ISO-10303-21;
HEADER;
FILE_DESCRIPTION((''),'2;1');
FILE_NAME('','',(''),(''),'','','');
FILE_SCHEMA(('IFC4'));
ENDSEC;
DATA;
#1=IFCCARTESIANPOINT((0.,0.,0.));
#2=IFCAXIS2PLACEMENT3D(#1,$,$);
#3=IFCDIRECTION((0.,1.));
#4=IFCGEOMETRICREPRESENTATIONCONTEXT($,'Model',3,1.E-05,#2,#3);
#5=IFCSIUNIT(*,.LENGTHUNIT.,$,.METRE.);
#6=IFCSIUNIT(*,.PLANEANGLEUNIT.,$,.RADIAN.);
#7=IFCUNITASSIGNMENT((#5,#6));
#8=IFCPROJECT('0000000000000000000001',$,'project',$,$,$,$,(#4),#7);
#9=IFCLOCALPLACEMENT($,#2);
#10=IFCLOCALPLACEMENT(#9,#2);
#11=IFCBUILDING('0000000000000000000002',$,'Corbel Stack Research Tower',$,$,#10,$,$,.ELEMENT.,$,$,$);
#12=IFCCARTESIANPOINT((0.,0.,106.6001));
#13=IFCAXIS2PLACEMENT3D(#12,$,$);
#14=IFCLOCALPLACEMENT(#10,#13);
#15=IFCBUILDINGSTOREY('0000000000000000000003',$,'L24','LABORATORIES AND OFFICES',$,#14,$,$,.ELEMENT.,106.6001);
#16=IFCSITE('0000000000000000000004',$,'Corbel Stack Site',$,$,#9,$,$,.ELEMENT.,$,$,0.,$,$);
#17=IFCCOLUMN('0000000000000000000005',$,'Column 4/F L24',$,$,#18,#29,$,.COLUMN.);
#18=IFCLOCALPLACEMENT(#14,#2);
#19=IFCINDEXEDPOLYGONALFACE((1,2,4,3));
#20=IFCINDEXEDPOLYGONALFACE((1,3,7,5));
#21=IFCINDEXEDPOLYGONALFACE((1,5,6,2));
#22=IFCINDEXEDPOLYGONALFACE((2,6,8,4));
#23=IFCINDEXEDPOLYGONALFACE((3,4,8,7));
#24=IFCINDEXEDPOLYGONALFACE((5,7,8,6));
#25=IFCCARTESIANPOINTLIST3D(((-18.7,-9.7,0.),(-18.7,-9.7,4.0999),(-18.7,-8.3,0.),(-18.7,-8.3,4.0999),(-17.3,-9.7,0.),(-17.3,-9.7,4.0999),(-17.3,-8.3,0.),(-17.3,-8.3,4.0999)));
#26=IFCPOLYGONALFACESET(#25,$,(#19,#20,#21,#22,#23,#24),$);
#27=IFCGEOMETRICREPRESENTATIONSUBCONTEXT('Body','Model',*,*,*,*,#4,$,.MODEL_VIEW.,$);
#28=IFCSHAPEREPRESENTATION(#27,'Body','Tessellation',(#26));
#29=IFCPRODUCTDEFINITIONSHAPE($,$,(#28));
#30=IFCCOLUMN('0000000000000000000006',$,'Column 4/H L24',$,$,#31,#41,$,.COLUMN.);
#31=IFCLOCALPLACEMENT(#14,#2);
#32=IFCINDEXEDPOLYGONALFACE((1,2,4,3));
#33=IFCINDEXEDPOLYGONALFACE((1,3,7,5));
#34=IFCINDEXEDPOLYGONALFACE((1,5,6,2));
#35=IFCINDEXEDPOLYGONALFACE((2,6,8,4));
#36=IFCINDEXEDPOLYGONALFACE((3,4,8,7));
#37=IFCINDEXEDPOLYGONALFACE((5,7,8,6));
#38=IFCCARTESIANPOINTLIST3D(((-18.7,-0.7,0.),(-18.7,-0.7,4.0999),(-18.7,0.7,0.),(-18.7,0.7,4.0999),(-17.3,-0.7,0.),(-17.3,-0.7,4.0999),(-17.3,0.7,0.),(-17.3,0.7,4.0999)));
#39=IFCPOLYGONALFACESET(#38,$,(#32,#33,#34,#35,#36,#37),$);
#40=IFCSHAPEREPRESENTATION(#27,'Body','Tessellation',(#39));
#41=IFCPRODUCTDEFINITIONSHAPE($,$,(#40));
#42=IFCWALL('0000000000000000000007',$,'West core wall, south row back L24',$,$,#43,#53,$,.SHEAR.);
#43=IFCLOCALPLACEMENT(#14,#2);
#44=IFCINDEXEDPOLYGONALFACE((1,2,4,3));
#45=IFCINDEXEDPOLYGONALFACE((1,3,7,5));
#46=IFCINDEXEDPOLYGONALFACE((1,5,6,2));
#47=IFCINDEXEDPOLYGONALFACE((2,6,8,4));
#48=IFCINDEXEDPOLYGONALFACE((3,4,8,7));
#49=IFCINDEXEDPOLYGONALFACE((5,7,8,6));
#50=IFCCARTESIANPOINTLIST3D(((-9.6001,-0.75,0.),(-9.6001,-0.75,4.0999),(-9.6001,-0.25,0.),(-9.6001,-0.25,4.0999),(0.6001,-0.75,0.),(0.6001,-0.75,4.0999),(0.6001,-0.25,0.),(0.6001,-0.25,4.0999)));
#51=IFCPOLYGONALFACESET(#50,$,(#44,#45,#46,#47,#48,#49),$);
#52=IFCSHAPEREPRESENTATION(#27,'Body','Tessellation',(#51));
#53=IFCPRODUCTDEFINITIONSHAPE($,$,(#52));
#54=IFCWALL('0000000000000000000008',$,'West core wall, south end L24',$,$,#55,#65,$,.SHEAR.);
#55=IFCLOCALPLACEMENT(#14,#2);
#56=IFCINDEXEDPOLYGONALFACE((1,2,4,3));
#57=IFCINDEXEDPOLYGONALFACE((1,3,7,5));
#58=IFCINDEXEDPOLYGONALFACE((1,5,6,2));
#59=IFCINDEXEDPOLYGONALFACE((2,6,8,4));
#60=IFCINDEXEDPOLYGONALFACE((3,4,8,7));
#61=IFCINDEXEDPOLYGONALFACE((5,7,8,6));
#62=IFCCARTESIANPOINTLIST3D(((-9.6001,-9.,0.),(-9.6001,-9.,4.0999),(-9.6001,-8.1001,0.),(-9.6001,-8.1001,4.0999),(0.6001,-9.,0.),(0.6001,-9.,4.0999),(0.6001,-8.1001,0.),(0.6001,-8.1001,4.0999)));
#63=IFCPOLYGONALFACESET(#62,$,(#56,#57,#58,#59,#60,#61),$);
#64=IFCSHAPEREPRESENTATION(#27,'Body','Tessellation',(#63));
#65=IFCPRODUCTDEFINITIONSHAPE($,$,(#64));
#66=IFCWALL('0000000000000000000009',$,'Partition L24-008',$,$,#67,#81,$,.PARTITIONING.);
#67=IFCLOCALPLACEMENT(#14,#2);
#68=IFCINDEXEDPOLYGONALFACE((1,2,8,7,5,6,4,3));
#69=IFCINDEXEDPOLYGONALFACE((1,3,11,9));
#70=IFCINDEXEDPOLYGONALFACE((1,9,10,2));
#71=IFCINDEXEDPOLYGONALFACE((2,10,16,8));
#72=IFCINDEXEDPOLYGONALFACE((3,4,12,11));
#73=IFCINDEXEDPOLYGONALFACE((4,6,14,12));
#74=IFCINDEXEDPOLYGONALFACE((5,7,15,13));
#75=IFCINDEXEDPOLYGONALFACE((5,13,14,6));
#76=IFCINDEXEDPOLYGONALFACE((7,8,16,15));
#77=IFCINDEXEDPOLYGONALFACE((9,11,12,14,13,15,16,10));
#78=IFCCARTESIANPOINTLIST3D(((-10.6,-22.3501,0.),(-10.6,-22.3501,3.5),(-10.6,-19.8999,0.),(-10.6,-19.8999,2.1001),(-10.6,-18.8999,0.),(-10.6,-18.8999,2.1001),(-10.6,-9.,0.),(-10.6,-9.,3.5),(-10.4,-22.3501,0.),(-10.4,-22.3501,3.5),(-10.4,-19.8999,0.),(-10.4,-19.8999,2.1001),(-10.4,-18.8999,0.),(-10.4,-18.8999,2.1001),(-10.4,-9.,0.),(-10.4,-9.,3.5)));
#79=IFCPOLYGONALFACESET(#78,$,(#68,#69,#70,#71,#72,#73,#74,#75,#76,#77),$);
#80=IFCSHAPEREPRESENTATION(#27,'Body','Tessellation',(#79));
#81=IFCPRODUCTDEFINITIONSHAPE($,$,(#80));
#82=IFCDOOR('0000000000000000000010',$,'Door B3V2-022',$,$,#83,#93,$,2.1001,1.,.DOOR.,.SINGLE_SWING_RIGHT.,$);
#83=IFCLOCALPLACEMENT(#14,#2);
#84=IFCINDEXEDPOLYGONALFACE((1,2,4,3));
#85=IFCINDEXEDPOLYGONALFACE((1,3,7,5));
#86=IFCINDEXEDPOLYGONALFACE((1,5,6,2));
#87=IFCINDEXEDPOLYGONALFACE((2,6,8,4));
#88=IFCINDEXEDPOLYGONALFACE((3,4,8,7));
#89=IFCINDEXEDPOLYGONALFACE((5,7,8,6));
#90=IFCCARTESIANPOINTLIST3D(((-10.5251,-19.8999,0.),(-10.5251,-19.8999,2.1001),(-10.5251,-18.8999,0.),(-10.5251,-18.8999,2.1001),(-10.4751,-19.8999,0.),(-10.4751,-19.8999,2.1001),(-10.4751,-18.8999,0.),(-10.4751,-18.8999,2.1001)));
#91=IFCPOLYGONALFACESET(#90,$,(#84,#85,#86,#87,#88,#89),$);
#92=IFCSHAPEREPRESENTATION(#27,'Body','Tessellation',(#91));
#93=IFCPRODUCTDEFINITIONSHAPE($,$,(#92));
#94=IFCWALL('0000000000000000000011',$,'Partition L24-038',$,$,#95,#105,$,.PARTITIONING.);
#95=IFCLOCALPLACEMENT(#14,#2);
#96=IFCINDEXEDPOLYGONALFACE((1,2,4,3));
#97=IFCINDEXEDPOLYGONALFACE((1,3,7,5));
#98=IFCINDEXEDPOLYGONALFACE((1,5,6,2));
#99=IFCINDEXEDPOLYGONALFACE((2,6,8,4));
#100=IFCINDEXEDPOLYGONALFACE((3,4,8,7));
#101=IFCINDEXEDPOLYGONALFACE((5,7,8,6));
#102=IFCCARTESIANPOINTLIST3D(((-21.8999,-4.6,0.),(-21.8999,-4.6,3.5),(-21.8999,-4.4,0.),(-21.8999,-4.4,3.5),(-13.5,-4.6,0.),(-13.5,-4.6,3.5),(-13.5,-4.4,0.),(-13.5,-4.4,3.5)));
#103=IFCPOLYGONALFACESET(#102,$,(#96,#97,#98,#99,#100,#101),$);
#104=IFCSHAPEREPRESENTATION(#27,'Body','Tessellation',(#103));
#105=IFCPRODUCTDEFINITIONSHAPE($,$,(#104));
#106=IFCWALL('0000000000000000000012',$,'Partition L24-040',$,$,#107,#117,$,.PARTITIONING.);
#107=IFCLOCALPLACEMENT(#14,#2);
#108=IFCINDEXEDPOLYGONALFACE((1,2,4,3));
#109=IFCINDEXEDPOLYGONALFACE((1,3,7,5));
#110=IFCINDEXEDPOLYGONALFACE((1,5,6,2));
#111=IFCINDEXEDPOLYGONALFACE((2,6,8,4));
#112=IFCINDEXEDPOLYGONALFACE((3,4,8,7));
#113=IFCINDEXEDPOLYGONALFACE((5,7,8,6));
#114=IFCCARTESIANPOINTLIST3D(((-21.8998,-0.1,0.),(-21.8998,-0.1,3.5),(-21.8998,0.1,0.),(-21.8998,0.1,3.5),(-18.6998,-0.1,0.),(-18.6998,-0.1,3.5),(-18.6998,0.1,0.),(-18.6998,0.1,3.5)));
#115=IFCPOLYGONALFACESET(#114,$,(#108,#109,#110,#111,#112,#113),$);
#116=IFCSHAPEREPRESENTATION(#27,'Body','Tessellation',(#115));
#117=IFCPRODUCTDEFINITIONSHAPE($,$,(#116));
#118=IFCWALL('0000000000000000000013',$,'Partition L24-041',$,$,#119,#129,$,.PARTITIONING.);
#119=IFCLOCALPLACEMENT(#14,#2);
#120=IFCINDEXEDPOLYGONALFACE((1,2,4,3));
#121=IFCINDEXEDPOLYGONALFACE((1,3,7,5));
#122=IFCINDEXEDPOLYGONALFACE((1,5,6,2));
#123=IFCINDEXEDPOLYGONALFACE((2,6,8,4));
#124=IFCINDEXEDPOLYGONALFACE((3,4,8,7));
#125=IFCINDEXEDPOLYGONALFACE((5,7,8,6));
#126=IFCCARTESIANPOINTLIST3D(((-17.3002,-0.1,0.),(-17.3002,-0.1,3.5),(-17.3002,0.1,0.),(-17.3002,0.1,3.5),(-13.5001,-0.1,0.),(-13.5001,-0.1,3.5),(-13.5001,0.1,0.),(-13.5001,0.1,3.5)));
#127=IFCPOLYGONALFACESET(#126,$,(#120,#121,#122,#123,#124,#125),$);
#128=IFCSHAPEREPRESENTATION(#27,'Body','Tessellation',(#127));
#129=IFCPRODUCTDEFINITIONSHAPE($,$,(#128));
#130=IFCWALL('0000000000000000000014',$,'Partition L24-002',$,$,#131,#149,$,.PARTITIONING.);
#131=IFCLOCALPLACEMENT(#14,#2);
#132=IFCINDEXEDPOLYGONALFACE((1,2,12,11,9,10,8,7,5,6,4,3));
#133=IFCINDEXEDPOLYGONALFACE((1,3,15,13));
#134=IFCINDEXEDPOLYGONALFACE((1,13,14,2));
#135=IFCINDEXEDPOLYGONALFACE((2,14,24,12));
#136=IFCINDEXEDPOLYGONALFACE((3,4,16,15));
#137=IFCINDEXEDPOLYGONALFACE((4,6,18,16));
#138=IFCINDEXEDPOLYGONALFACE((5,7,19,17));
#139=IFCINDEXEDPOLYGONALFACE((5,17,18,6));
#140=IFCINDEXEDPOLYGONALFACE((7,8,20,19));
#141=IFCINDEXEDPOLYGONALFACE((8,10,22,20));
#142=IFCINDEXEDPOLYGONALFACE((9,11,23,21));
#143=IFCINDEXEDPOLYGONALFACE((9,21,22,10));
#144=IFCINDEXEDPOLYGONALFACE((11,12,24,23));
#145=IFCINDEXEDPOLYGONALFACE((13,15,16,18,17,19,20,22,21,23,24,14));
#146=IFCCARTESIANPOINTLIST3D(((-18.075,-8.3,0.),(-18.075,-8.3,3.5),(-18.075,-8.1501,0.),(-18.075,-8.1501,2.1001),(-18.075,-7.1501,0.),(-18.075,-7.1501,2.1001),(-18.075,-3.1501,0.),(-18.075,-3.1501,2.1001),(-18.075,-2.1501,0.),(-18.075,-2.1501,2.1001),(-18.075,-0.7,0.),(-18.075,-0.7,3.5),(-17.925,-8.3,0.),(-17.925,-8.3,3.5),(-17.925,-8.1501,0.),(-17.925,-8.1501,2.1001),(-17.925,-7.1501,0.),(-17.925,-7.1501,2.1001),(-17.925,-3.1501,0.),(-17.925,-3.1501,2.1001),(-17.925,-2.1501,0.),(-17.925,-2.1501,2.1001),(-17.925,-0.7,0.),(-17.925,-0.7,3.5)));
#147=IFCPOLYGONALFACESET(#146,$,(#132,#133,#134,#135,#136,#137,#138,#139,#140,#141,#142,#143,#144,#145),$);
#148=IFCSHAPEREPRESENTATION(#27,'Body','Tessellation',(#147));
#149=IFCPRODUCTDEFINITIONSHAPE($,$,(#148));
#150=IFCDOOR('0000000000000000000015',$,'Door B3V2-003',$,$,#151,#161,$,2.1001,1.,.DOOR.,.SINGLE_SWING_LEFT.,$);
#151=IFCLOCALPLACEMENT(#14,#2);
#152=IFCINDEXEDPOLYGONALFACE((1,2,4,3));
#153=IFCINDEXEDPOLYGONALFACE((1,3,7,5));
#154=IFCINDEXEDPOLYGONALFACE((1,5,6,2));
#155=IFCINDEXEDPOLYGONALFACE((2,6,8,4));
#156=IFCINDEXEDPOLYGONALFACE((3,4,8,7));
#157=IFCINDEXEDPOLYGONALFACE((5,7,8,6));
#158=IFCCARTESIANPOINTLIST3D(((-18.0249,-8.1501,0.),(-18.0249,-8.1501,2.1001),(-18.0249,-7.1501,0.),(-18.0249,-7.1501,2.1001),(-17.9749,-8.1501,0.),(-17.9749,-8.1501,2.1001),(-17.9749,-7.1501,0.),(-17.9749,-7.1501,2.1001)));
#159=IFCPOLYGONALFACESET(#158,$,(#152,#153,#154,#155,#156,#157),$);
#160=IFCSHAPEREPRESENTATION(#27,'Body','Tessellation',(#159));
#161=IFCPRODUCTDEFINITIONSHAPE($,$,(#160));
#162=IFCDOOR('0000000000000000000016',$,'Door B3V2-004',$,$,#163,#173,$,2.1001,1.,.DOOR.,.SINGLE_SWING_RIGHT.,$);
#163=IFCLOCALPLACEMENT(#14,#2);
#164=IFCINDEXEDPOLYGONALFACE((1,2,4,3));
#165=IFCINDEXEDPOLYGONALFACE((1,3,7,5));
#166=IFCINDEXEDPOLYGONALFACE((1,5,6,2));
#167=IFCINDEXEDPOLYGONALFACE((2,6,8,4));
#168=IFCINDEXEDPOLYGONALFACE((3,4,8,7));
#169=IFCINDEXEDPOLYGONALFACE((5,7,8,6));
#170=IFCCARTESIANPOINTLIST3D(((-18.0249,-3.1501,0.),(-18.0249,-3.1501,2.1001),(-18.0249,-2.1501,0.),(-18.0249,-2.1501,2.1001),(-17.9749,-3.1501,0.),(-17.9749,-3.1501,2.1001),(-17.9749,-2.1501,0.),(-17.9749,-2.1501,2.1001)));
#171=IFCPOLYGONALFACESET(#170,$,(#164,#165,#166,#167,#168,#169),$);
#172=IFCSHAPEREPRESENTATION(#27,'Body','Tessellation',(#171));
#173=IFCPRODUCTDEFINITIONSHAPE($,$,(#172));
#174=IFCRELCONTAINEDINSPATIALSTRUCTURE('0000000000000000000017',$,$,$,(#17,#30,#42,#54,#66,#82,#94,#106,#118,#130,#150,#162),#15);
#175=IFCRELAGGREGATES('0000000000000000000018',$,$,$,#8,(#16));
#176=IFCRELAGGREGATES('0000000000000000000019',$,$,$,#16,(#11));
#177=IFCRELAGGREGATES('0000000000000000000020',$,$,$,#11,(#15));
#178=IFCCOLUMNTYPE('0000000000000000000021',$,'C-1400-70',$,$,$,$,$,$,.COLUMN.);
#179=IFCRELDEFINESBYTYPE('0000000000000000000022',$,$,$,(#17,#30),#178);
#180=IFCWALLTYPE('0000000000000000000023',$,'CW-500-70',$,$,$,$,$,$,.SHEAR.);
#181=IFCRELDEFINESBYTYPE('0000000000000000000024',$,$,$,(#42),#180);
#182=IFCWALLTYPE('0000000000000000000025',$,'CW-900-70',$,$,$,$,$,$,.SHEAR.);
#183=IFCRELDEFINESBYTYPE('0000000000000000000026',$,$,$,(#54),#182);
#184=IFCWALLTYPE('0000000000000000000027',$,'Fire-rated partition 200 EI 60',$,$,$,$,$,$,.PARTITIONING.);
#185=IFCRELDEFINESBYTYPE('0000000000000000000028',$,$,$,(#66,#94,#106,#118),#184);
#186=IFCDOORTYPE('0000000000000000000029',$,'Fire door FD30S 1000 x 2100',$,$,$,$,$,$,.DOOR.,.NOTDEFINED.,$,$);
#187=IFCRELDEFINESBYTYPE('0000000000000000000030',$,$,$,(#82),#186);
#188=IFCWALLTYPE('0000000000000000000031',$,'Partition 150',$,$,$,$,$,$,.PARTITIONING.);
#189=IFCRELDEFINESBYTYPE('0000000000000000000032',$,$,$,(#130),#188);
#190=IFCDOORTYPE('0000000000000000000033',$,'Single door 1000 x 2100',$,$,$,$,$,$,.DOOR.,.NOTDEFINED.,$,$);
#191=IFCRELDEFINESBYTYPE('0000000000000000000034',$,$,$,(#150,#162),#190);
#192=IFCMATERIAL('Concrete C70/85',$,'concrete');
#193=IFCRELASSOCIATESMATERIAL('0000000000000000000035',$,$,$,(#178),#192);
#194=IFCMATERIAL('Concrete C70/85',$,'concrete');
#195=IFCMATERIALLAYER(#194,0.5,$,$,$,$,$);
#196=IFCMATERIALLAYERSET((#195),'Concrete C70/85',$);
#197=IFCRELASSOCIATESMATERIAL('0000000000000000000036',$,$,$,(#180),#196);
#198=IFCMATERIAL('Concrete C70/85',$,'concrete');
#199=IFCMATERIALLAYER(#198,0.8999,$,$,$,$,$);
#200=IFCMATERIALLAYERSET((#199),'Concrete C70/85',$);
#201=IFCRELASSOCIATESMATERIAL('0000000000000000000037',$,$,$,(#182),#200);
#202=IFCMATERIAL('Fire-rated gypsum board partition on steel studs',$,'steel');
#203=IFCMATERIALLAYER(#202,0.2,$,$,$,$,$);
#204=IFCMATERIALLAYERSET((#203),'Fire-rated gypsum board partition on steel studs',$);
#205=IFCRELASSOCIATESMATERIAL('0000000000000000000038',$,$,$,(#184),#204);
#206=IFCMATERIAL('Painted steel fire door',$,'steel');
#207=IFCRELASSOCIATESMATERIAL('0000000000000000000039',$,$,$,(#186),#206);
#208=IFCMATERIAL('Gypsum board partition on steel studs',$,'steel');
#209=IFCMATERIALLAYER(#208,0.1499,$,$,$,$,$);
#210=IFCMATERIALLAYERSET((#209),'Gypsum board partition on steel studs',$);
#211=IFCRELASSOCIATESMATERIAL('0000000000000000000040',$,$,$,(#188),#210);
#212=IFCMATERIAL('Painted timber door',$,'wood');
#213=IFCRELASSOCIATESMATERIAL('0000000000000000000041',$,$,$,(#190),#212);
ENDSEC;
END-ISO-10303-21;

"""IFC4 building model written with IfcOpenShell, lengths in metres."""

from ifc_helpers import new_model, si_unit, direction, frame, frame_2d, origin, origin_2d, place, context, subcontext, project, spatial, rectangle, extrude, material, layer, layer_set, material_profile, profile_set, type_object, element, fill, save


model = new_model("IFC4")

# Units and contexts
model_context = context("Model", 3, precision=1e-05, world=origin(), true_north=direction((0.0, 1.0)))
body_context = subcontext(model_context, "Body", "Model", "MODEL_VIEW")
ifc_project = project(units=[si_unit("LENGTHUNIT", "METRE"), si_unit("PLANEANGLEUNIT", "RADIAN")], contexts=[model_context])

# Site, building, storey
site_placement = place(None, origin())
site = spatial("IfcSite", under=ifc_project, at=site_placement, Name="Corbel Stack Site", CompositionType="ELEMENT", RefElevation=0.0)
building_placement = place(site_placement, origin())
building = spatial("IfcBuilding", under=site, at=building_placement, Name="Corbel Stack Research Tower", CompositionType="ELEMENT")
storey_placement = place(building_placement, frame((0.0, 0.0, 106.6001)))
storey = spatial("IfcBuildingStorey", under=building, at=storey_placement, Name="L24", Description="LABORATORIES AND OFFICES", CompositionType="ELEMENT", Elevation=106.6001)

# Columns
ifc_material_1 = material(Name="Concrete C70/85", Category="concrete")
ifc_material_profile = material_profile(ifc_material_1, rectangle(XDim=1.3999, YDim=1.3999, at=origin_2d()), Name="RC 1400 x 1400")
ifc_profile_set = profile_set([ifc_material_profile], Name="Concrete C70/85")
column_type = type_object("IfcColumnType", Name="C-1400-70", PredefinedType="COLUMN", material=ifc_profile_set)
for number, where, z_axis, x_axis, name in (
    (1, (-18.0, -9.0, 0.0), (0.0, 0.0, 1.0), (1.0, 0.0, 0.0), "Column 4/F L24"),
    (2, (-18.0, 0.0, 0.0), (0.0, 0.0, 1.0), (1.0, 0.0, 0.0), "Column 4/H L24"),
):
    element("IfcColumn", number, at=place(storey_placement, frame(where, z_axis=z_axis, x_axis=x_axis)), inside=storey, type_object=column_type, Name=name, PredefinedType="COLUMN", context=body_context, shape_type="SweptSolid", body=[
        extrude(rectangle(XDim=1.3999, YDim=1.3999, at=origin_2d()), origin(), (0.0, 0.0, 1.0), 4.0999),
    ])

# Wall
ifc_material_2 = material(Name="Concrete C70/85", Category="concrete")
ifc_layer_1 = layer(ifc_material_2, 0.5)
ifc_layer_set_1 = layer_set([ifc_layer_1], Name="Concrete C70/85")
wall_type_1 = type_object("IfcWallType", Name="CW-500-70", PredefinedType="SHEAR", material=ifc_layer_set_1)
wall_1_placement = place(storey_placement, frame((-9.6001, -0.5, 0.0), z_axis=(0.0, 0.0, 1.0), x_axis=(1.0, 0.0, 0.0)))
element("IfcWall", 3, at=wall_1_placement, inside=storey, type_object=wall_type_1, Name="West core wall, south row back L24", PredefinedType="SHEAR", context=body_context, shape_type="SweptSolid", body=[
    extrude(rectangle(XDim=10.2002, YDim=0.5, at=frame_2d((5.1001, 0.0))), origin(), (0.0, 0.0, 1.0), 4.0999),
])

# Shared definitions
ifc_material_3 = material(Name="Concrete C70/85", Category="concrete")
ifc_layer_2 = layer(ifc_material_3, 0.8999)
ifc_layer_set_2 = layer_set([ifc_layer_2], Name="Concrete C70/85")
wall_type_2 = type_object("IfcWallType", Name="CW-900-70", PredefinedType="SHEAR", material=ifc_layer_set_2)

# Wall
wall_2_placement = place(storey_placement, frame((-9.6001, -8.55, 0.0), z_axis=(0.0, 0.0, 1.0), x_axis=(1.0, 0.0, 0.0)))
element("IfcWall", 4, at=wall_2_placement, inside=storey, type_object=wall_type_2, Name="West core wall, south end L24", PredefinedType="SHEAR", context=body_context, shape_type="SweptSolid", body=[
    extrude(rectangle(XDim=10.2002, YDim=0.8999, at=frame_2d((5.1001, 0.0))), origin(), (0.0, 0.0, 1.0), 4.0999),
])

# Wall, opening, door
ifc_material_4 = material(Name="Fire-rated gypsum board partition on steel studs", Category="steel")
ifc_layer_3 = layer(ifc_material_4, 0.2)
ifc_layer_set_3 = layer_set([ifc_layer_3], Name="Fire-rated gypsum board partition on steel studs")
wall_type_3 = type_object("IfcWallType", Name="Fire-rated partition 200 EI 60", PredefinedType="PARTITIONING", material=ifc_layer_set_3)
wall_3_placement = place(storey_placement, frame((-10.5, -9.0, 0.0), z_axis=(0.0, 0.0, 1.0), x_axis=(0.0, -1.0, 0.0)))
wall_3 = element("IfcWall", 5, at=wall_3_placement, inside=storey, type_object=wall_type_3, Name="Partition L24-008", PredefinedType="PARTITIONING", context=body_context, shape_type="SweptSolid", body=[
    extrude(rectangle(XDim=13.3501, YDim=0.2, at=frame_2d((6.675, 0.0))), origin(), (0.0, 0.0, 1.0), 3.5),
])
opening_1_placement = place(wall_3_placement, frame((9.8999, 0.0, 0.0)))
opening_1 = element("IfcOpeningElement", 6, at=opening_1_placement, cuts=wall_3, PredefinedType="OPENING", context=body_context, shape_type="SweptSolid", body=[
    extrude(rectangle(XDim=1.0, YDim=2.1001, at=frame_2d((0.5, 1.05))), frame((0.0, 0.1099, 0.0), z_axis=(0.0, -1.0, 0.0), x_axis=(1.0, 0.0, 0.0)), (0.0, 0.0, 1.0), 0.22),
])
ifc_material_5 = material(Name="Painted steel fire door", Category="steel")
door_type_1 = type_object("IfcDoorType", Name="Fire door FD30S 1000 x 2100", OperationType="NOTDEFINED", PredefinedType="DOOR", material=ifc_material_5)
door_1_placement = place(opening_1_placement, origin())
door_1 = element("IfcDoor", 7, at=door_1_placement, inside=storey, type_object=door_type_1, Name="Door B3V2-022", OperationType="SINGLE_SWING_RIGHT", OverallHeight=2.1001, OverallWidth=1.0, PredefinedType="DOOR", context=body_context, shape_type="SweptSolid", body=[
    extrude(rectangle(XDim=1.0, YDim=2.1001, at=frame_2d((0.5, 1.05))), frame((0.0, 0.0249, 0.0), z_axis=(0.0, -1.0, 0.0), x_axis=(1.0, 0.0, 0.0)), (0.0, 0.0, 1.0), 0.05),
])
fill(opening_1, door_1)

# Walls
wall_4_placement = place(storey_placement, frame((-21.8999, -4.5, 0.0), z_axis=(0.0, 0.0, 1.0), x_axis=(1.0, 0.0, 0.0)))
element("IfcWall", 8, at=wall_4_placement, inside=storey, type_object=wall_type_3, Name="Partition L24-038", PredefinedType="PARTITIONING", context=body_context, shape_type="SweptSolid", body=[
    extrude(rectangle(XDim=8.3999, YDim=0.2, at=frame_2d((4.2, 0.0))), origin(), (0.0, 0.0, 1.0), 3.5),
])
wall_5_placement = place(storey_placement, frame((-21.8999, 0.0, 0.0), z_axis=(0.0, 0.0, 1.0), x_axis=(1.0, 0.0, 0.0)))
element("IfcWall", 9, at=wall_5_placement, inside=storey, type_object=wall_type_3, Name="Partition L24-040", PredefinedType="PARTITIONING", context=body_context, shape_type="SweptSolid", body=[
    extrude(rectangle(XDim=3.2, YDim=0.2, at=frame_2d((1.6001, 0.0))), origin(), (0.0, 0.0, 1.0), 3.5),
])
wall_6_placement = place(storey_placement, frame((-17.3, 0.0, 0.0), z_axis=(0.0, 0.0, 1.0), x_axis=(1.0, 0.0, 0.0)))
element("IfcWall", 10, at=wall_6_placement, inside=storey, type_object=wall_type_3, Name="Partition L24-041", PredefinedType="PARTITIONING", context=body_context, shape_type="SweptSolid", body=[
    extrude(rectangle(XDim=3.8, YDim=0.2, at=frame_2d((1.8999, 0.0))), origin(), (0.0, 0.0, 1.0), 3.5),
])

# Wall, openings, doors
ifc_material_6 = material(Name="Gypsum board partition on steel studs", Category="steel")
ifc_layer_4 = layer(ifc_material_6, 0.1499)
ifc_layer_set_4 = layer_set([ifc_layer_4], Name="Gypsum board partition on steel studs")
wall_type_4 = type_object("IfcWallType", Name="Partition 150", PredefinedType="PARTITIONING", material=ifc_layer_set_4)
wall_7_placement = place(storey_placement, frame((-18.0, -8.3, 0.0), z_axis=(0.0, 0.0, 1.0), x_axis=(0.0, 1.0, 0.0)))
wall_7 = element("IfcWall", 11, at=wall_7_placement, inside=storey, type_object=wall_type_4, Name="Partition L24-002", PredefinedType="PARTITIONING", context=body_context, shape_type="SweptSolid", body=[
    extrude(rectangle(XDim=7.6001, YDim=0.1499, at=frame_2d((3.8, 0.0))), origin(), (0.0, 0.0, 1.0), 3.5),
])
opening_2_placement = place(wall_7_placement, frame((0.1499, 0.0, 0.0)))
opening_2 = element("IfcOpeningElement", 12, at=opening_2_placement, cuts=wall_7, PredefinedType="OPENING", context=body_context, shape_type="SweptSolid", body=[
    extrude(rectangle(XDim=1.0, YDim=2.1001, at=frame_2d((0.5, 1.05))), frame((0.0, 0.085, 0.0), z_axis=(0.0, -1.0, 0.0), x_axis=(1.0, 0.0, 0.0)), (0.0, 0.0, 1.0), 0.1699),
])
opening_3_placement = place(wall_7_placement, frame((5.1499, 0.0, 0.0)))
opening_3 = element("IfcOpeningElement", 13, at=opening_3_placement, cuts=wall_7, PredefinedType="OPENING", context=body_context, shape_type="SweptSolid", body=[
    extrude(rectangle(XDim=1.0, YDim=2.1001, at=frame_2d((0.5, 1.05))), frame((0.0, 0.085, 0.0), z_axis=(0.0, -1.0, 0.0), x_axis=(1.0, 0.0, 0.0)), (0.0, 0.0, 1.0), 0.1699),
])
ifc_material_7 = material(Name="Painted timber door", Category="wood")
door_type_2 = type_object("IfcDoorType", Name="Single door 1000 x 2100", OperationType="NOTDEFINED", PredefinedType="DOOR", material=ifc_material_7)
door_2_placement = place(opening_2_placement, origin())
door_2 = element("IfcDoor", 14, at=door_2_placement, inside=storey, type_object=door_type_2, Name="Door B3V2-003", OperationType="SINGLE_SWING_LEFT", OverallHeight=2.1001, OverallWidth=1.0, PredefinedType="DOOR", context=body_context, shape_type="SweptSolid", body=[
    extrude(rectangle(XDim=1.0, YDim=2.1001, at=frame_2d((0.5, 1.05))), frame((0.0, 0.0249, 0.0), z_axis=(0.0, -1.0, 0.0), x_axis=(1.0, 0.0, 0.0)), (0.0, 0.0, 1.0), 0.05),
])
fill(opening_2, door_2)
door_3_placement = place(opening_3_placement, origin())
door_3 = element("IfcDoor", 15, at=door_3_placement, inside=storey, type_object=door_type_2, Name="Door B3V2-004", OperationType="SINGLE_SWING_RIGHT", OverallHeight=2.1001, OverallWidth=1.0, PredefinedType="DOOR", context=body_context, shape_type="SweptSolid", body=[
    extrude(rectangle(XDim=1.0, YDim=2.1001, at=frame_2d((0.5, 1.05))), frame((0.0, 0.0249, 0.0), z_axis=(0.0, -1.0, 0.0), x_axis=(1.0, 0.0, 0.0)), (0.0, 0.0, 1.0), 0.05),
])
fill(opening_3, door_3)

save(model, "model.ifc")
